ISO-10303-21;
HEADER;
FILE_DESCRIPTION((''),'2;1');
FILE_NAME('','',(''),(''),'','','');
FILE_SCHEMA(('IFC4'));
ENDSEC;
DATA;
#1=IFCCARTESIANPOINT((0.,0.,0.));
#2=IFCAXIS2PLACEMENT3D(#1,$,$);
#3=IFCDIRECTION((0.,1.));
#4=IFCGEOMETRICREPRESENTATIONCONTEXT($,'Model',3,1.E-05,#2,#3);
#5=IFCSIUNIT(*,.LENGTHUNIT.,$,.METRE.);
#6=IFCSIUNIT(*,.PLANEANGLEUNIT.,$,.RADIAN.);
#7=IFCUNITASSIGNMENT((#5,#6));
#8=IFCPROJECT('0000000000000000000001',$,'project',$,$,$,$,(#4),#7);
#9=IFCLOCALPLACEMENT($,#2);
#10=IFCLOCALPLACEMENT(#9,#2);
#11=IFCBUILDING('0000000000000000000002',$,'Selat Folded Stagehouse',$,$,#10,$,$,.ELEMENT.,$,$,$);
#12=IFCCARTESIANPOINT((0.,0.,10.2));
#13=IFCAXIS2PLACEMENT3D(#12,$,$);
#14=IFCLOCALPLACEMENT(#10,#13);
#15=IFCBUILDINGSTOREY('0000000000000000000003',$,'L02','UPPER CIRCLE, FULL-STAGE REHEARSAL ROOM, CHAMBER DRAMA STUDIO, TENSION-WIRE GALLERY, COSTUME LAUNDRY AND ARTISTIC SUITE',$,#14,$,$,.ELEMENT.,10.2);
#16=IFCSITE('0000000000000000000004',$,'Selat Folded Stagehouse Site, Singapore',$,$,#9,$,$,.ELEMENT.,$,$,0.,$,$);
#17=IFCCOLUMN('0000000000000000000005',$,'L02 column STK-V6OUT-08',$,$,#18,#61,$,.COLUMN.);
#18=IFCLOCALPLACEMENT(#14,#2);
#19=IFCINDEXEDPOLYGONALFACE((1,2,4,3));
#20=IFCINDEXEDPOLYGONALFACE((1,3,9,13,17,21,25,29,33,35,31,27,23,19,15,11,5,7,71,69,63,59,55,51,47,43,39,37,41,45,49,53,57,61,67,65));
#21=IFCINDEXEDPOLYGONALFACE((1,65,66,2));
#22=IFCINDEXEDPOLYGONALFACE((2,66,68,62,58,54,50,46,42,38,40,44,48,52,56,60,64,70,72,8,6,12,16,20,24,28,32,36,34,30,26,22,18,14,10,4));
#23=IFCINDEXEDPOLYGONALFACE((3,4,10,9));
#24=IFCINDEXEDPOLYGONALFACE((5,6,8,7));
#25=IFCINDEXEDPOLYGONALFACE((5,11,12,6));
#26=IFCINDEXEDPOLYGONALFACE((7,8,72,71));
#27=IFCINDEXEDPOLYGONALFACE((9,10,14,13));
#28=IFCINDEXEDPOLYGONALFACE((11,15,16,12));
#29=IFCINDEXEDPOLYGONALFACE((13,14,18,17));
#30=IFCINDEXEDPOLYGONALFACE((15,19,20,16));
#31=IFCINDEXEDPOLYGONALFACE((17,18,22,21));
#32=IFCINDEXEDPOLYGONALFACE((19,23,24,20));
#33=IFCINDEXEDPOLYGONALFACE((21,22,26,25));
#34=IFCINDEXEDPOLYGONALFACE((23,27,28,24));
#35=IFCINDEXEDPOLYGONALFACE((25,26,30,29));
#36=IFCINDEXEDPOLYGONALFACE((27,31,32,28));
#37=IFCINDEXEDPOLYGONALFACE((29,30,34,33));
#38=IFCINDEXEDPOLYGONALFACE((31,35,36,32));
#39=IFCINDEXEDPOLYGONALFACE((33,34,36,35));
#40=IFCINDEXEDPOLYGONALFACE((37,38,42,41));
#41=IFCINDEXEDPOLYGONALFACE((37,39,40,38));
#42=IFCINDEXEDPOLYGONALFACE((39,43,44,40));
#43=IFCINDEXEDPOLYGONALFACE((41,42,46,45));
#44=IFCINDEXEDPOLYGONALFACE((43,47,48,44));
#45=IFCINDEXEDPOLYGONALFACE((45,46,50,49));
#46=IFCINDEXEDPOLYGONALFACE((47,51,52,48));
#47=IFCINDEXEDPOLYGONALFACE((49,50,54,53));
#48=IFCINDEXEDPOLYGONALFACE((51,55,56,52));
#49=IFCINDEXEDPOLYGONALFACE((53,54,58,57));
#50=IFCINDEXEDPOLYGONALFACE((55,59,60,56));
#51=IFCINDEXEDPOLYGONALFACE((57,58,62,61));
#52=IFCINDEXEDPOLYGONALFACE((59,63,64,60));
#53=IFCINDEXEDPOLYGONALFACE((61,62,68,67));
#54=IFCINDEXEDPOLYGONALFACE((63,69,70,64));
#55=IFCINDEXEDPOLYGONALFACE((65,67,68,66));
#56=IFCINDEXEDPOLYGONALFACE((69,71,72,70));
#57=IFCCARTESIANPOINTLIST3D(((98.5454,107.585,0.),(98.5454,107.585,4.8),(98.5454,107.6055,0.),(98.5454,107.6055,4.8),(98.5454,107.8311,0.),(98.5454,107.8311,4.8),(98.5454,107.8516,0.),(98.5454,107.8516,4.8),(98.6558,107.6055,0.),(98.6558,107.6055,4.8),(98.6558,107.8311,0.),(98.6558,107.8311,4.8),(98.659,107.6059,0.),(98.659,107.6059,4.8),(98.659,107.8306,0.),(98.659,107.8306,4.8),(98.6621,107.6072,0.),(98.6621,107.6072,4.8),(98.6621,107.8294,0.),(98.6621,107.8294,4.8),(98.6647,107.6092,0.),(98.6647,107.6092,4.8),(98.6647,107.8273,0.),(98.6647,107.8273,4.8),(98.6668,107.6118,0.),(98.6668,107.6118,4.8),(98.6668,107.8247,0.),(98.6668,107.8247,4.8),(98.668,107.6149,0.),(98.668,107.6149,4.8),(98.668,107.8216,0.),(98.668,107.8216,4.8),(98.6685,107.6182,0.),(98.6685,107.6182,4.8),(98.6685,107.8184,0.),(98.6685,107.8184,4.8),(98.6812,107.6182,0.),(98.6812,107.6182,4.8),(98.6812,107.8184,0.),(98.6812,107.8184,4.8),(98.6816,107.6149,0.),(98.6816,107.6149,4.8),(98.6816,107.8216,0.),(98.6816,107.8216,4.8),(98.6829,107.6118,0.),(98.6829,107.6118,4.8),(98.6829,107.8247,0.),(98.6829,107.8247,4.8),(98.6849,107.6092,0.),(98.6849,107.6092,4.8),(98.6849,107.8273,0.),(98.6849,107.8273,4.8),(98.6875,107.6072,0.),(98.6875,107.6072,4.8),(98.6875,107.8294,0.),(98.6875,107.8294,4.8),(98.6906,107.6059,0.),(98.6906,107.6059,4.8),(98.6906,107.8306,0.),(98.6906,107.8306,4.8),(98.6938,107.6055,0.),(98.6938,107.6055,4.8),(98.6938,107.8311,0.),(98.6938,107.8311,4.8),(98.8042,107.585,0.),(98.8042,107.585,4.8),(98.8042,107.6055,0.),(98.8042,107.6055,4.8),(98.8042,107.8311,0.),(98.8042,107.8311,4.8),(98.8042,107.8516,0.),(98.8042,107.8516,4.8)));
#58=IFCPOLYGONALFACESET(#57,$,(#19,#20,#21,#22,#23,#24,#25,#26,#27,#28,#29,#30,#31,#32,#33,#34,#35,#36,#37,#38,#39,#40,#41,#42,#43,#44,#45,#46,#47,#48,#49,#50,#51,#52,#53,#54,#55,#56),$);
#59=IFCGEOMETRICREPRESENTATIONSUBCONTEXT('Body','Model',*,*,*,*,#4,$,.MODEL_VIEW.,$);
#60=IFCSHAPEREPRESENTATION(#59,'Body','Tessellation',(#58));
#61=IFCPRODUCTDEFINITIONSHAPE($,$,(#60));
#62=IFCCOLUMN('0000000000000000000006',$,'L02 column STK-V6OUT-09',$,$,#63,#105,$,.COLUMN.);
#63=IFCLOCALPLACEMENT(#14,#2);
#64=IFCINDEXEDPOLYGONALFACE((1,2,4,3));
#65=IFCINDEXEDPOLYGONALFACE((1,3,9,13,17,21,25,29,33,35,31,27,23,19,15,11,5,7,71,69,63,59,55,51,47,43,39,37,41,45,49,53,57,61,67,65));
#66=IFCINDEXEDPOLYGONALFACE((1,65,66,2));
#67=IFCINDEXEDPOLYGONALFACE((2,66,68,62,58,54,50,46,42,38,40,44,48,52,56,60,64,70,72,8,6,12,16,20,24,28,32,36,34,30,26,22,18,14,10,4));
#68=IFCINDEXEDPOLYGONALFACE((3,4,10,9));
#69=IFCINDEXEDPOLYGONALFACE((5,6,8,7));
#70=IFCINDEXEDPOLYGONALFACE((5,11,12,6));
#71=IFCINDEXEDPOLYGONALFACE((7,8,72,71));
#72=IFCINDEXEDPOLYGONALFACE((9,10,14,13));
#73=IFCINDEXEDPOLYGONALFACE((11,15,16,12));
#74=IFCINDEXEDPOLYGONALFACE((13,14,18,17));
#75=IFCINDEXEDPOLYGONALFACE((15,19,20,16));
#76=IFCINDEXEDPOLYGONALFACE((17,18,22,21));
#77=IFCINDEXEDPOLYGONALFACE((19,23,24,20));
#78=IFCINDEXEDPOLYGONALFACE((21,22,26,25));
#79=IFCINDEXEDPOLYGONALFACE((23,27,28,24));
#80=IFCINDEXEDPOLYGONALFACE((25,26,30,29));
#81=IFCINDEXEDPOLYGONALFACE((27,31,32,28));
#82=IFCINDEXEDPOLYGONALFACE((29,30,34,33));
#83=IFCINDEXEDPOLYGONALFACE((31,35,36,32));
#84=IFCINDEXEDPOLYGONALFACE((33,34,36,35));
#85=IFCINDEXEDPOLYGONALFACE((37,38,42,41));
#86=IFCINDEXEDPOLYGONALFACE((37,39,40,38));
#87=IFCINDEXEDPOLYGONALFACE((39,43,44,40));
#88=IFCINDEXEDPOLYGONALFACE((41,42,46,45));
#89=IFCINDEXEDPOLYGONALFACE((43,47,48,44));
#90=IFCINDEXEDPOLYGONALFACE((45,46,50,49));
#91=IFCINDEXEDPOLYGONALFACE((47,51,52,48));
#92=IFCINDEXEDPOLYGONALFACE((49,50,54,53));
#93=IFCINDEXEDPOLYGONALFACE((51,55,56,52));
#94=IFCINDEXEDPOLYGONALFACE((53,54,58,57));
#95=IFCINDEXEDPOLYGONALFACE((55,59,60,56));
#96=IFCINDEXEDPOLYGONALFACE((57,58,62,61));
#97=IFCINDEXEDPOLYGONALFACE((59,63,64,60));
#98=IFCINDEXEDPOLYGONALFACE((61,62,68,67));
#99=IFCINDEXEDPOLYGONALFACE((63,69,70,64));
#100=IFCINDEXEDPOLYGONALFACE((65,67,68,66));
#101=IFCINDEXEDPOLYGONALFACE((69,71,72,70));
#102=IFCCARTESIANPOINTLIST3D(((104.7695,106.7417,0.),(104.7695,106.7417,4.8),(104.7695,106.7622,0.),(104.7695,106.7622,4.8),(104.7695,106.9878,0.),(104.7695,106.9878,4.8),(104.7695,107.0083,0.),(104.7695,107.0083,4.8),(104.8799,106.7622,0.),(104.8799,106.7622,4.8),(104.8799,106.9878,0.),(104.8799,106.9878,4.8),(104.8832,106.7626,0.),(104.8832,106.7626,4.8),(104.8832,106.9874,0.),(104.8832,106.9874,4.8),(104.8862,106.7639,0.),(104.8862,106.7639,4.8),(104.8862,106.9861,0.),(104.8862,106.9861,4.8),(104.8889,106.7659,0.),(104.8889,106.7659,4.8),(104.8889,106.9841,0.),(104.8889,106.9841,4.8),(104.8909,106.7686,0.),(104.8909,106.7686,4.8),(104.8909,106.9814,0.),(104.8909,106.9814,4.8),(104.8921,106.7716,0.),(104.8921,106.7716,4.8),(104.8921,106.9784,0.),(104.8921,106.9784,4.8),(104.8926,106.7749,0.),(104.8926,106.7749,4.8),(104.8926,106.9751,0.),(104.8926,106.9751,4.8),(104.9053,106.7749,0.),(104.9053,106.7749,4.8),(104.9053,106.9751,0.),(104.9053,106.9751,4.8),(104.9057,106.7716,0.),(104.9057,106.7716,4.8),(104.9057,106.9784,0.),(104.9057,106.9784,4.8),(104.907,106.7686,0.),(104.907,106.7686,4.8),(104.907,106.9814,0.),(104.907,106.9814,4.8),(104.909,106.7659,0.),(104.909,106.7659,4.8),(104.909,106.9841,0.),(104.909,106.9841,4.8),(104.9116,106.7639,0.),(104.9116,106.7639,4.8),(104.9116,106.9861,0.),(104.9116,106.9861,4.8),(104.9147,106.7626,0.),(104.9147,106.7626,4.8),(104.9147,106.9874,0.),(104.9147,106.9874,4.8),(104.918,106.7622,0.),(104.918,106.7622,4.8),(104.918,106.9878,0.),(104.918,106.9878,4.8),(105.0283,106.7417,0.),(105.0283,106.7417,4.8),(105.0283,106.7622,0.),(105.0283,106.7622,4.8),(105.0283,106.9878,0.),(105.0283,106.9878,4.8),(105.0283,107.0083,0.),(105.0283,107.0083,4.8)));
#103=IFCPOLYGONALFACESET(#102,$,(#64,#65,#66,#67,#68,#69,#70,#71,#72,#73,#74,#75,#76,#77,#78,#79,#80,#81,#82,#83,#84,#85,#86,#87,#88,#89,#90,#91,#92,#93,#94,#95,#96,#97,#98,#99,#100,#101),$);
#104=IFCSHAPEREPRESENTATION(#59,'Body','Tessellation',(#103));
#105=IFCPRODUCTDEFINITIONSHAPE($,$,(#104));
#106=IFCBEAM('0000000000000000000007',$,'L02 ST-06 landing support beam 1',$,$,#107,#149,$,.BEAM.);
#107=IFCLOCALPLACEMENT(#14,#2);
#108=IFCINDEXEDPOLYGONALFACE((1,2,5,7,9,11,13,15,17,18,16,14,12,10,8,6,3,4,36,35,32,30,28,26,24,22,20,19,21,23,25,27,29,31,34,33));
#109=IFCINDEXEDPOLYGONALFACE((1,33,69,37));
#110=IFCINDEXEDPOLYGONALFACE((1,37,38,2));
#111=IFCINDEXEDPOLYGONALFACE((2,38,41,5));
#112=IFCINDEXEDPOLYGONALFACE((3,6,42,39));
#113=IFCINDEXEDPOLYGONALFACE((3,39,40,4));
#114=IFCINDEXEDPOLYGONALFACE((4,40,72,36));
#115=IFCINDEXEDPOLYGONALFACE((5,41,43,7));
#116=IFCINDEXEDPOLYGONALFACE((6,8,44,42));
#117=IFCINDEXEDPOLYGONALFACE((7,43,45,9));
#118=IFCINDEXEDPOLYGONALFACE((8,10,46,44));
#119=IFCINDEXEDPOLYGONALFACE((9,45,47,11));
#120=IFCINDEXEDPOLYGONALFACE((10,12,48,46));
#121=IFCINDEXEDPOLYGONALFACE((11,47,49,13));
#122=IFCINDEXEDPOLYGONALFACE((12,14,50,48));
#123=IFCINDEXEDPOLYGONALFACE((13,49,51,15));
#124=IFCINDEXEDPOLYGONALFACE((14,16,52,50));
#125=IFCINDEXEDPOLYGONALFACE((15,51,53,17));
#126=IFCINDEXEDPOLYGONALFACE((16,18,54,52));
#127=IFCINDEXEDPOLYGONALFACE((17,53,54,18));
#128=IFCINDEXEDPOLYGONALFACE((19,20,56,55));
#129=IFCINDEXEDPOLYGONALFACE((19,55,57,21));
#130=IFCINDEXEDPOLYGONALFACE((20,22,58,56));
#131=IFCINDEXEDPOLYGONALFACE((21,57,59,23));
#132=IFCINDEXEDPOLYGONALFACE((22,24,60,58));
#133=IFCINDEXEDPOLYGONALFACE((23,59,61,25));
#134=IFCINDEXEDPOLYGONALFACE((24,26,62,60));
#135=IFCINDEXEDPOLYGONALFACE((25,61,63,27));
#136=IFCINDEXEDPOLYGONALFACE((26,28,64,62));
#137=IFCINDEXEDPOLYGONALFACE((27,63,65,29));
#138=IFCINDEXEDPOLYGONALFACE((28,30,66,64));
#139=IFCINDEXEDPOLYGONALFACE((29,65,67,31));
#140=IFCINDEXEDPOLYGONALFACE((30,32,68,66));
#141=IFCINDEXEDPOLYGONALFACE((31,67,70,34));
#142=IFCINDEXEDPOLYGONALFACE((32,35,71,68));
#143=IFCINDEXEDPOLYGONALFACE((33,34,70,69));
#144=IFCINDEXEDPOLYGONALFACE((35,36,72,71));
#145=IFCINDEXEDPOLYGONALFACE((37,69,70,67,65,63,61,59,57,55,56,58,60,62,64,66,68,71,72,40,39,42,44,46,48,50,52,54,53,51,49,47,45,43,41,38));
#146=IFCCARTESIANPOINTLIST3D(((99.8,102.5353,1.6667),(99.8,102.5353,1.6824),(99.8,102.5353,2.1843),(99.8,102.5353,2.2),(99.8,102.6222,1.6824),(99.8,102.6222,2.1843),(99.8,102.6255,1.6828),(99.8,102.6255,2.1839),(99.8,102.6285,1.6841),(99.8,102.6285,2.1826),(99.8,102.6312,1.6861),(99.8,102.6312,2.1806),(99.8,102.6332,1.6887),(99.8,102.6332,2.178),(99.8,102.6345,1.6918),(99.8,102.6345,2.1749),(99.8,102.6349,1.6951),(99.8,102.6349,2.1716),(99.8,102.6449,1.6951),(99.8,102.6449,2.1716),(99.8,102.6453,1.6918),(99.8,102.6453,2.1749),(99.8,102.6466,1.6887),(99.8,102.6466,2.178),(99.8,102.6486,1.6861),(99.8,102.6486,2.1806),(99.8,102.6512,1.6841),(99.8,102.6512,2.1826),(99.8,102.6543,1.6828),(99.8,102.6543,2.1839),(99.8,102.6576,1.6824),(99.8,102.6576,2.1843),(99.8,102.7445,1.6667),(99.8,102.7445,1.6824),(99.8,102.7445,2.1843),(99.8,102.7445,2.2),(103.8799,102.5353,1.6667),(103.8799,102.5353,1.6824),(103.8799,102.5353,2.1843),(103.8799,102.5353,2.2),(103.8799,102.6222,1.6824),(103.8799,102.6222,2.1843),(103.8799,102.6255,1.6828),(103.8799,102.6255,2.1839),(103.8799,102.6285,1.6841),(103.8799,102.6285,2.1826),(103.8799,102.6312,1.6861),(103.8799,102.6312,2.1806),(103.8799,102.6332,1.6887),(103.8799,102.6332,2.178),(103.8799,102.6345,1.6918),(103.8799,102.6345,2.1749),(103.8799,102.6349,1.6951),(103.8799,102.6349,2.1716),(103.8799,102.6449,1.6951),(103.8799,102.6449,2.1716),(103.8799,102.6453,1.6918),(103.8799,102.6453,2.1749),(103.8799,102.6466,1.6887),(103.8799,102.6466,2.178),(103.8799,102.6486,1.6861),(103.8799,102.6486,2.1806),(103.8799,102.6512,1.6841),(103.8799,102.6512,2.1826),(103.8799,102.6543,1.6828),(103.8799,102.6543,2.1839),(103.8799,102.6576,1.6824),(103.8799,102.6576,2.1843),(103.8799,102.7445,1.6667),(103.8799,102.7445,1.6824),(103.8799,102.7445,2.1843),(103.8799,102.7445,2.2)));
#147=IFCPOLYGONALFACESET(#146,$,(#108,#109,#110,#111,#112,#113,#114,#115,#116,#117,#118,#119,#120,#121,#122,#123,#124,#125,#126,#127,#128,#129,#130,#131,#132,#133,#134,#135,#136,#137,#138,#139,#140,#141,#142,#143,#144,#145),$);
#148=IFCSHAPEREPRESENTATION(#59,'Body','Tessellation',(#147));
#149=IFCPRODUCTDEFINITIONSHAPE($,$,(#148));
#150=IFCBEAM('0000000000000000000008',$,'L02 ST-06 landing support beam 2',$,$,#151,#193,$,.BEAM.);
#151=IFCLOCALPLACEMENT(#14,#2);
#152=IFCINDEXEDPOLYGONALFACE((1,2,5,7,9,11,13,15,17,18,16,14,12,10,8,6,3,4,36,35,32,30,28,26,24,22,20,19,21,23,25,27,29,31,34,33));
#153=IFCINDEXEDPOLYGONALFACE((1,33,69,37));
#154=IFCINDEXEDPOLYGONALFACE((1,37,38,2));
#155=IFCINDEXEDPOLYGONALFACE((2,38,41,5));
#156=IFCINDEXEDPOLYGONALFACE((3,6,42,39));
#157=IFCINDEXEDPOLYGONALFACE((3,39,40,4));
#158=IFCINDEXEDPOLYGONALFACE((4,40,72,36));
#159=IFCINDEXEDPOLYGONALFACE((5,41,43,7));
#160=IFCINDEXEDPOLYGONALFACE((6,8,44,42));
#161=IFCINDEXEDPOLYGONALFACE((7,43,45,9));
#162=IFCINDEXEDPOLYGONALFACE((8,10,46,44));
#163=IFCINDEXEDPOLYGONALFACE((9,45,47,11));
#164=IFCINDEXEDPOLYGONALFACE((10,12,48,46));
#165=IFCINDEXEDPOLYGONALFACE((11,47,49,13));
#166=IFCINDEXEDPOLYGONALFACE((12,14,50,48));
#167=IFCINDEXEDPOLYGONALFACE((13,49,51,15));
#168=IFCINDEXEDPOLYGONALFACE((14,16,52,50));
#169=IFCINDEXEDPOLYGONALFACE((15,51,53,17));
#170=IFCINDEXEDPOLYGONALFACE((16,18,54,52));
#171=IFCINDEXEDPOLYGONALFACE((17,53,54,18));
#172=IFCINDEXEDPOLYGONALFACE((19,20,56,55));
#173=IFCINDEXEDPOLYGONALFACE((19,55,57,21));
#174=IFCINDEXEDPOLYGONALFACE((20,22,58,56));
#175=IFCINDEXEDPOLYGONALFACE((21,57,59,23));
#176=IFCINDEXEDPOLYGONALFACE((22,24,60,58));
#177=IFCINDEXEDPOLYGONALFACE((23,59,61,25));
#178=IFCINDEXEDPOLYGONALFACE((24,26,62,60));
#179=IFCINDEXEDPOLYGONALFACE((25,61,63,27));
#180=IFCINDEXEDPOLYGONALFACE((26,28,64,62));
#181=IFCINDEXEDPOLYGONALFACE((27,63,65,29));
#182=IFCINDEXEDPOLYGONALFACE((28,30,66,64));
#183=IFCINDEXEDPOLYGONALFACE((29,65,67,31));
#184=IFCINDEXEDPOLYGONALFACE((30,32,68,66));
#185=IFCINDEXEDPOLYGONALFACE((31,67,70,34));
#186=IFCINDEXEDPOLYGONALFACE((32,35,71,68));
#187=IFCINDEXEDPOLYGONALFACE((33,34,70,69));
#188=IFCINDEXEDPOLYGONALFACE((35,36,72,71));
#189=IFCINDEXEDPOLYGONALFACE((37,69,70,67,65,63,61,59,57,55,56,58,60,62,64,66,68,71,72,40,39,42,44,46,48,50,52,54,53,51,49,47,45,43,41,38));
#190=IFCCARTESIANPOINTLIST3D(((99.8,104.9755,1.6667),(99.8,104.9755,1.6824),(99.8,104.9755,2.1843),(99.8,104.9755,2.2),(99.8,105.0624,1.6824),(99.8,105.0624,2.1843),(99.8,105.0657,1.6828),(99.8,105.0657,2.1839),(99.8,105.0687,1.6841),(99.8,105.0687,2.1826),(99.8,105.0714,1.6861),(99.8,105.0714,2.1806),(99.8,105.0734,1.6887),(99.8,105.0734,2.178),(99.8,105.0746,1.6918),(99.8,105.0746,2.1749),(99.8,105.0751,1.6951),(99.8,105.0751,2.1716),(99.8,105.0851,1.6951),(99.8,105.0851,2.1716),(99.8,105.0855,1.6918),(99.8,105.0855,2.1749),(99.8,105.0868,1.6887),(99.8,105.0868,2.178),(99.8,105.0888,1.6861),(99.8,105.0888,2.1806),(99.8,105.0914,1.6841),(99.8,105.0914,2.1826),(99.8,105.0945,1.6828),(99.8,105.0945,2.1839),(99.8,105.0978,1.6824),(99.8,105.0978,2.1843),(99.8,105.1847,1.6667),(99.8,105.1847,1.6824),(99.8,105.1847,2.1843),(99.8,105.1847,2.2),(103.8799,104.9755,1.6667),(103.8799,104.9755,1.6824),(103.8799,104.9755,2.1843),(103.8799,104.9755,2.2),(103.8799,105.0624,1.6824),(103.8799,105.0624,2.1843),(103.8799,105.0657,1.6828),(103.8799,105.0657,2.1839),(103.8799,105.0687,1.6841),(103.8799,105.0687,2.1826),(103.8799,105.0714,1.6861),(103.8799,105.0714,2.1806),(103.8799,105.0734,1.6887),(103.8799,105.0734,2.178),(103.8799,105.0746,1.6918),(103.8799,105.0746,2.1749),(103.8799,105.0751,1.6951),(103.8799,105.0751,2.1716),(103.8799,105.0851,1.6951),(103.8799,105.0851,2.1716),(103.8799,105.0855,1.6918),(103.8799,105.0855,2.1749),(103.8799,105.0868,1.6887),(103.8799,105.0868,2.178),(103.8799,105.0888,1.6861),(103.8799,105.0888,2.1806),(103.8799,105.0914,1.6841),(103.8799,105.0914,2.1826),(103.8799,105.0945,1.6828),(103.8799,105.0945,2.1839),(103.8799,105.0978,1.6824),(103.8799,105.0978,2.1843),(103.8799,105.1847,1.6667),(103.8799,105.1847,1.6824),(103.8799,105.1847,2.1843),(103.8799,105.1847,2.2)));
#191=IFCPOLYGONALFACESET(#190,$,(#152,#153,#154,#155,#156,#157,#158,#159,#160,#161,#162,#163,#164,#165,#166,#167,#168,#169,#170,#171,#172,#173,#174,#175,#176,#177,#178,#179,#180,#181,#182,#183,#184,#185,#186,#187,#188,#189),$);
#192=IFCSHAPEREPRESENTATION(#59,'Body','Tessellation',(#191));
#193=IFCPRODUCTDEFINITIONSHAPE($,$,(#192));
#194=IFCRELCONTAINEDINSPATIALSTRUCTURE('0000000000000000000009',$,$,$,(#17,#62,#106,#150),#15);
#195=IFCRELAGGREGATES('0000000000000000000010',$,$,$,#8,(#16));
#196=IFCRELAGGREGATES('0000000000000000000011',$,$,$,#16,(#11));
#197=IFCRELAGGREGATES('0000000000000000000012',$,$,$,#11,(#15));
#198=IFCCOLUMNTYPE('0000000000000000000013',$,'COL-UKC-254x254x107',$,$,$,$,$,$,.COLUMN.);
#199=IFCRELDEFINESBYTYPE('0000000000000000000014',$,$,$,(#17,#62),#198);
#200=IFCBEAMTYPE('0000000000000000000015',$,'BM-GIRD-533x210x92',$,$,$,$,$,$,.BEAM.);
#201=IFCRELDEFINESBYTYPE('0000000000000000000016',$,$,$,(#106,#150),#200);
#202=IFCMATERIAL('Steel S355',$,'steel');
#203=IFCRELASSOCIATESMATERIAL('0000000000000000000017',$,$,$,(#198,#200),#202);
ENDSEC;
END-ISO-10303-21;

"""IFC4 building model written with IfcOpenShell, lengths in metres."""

from ifc_helpers import new_model, si_unit, direction, frame, origin, origin_2d, place, context, subcontext, project, spatial, i_section, extrude, material, material_profile, profile_set, type_object, element, save


model = new_model("IFC4")

# Units and contexts
model_context = context("Model", 3, precision=1e-05, world=origin(), true_north=direction((0.0, 1.0)))
body_context = subcontext(model_context, "Body", "Model", "MODEL_VIEW")
ifc_project = project(units=[si_unit("LENGTHUNIT", "METRE"), si_unit("PLANEANGLEUNIT", "RADIAN")], contexts=[model_context])

# Site, building, storey
site_placement = place(None, origin())
site = spatial("IfcSite", under=ifc_project, at=site_placement, Name="Selat Folded Stagehouse Site, Singapore", CompositionType="ELEMENT", RefElevation=0.0)
building_placement = place(site_placement, origin())
building = spatial("IfcBuilding", under=site, at=building_placement, Name="Selat Folded Stagehouse", CompositionType="ELEMENT")
storey_placement = place(building_placement, frame((0.0, 0.0, 10.2)))
storey = spatial("IfcBuildingStorey", under=building, at=storey_placement, Name="L02", Description="UPPER CIRCLE, FULL-STAGE REHEARSAL ROOM, CHAMBER DRAMA STUDIO, TENSION-WIRE GALLERY, COSTUME LAUNDRY AND ARTISTIC SUITE", CompositionType="ELEMENT", Elevation=10.2)

# Columns
ifc_material_1 = material(Name="Steel S355", Category="steel")
ifc_material_profile_1 = material_profile(ifc_material_1, i_section(OverallWidth=0.2588, OverallDepth=0.2666, WebThickness=0.0127, FlangeThickness=0.0205, FilletRadius=0.0127, at=origin_2d()), Name="UKC 254x254x107")
ifc_profile_set_1 = profile_set([ifc_material_profile_1], Name="Steel S355")
column_type = type_object("IfcColumnType", Name="COL-UKC-254x254x107", PredefinedType="COLUMN", material=ifc_profile_set_1)
for number, where, z_axis, x_axis, name in (
    (1, (98.6748, 107.7183, 0.0), (0.0, 0.0, 1.0), (1.0, 0.0, 0.0), "L02 column STK-V6OUT-08"),
    (2, (104.8989, 106.875, 0.0), (0.0, 0.0, 1.0), (1.0, 0.0, 0.0), "L02 column STK-V6OUT-09"),
):
    element("IfcColumn", number, at=place(storey_placement, frame(where, z_axis=z_axis, x_axis=x_axis)), inside=storey, type_object=column_type, Name=name, PredefinedType="COLUMN", context=body_context, shape_type="SweptSolid", body=[
        extrude(i_section(OverallWidth=0.2588, OverallDepth=0.2666, WebThickness=0.0127, FlangeThickness=0.0205, FilletRadius=0.0127, at=origin_2d()), origin(), (0.0, 0.0, 1.0), 4.8),
    ])

# Beams
ifc_material_profile_2 = material_profile(ifc_material_1, i_section(OverallWidth=0.2092, OverallDepth=0.5332, WebThickness=0.01, FlangeThickness=0.0156, FilletRadius=0.0127, at=origin_2d()), Name="UKB 533x210x92")
ifc_profile_set_2 = profile_set([ifc_material_profile_2], Name="Steel S355")
beam_type_1 = type_object("IfcBeamType", Name="BM-GIRD-533x210x92", PredefinedType="BEAM", material=ifc_profile_set_2)
for number, where, z_axis, x_axis, name in (
    (3, (99.8, 102.6399, 1.9333), (1.0, 0.0, 0.0), (0.0, 1.0, 0.0), "L02 ST-06 landing support beam 1"),
    (4, (99.8, 105.0801, 1.9333), (1.0, 0.0, 0.0), (0.0, 1.0, 0.0), "L02 ST-06 landing support beam 2"),
):
    element("IfcBeam", number, at=place(storey_placement, frame(where, z_axis=z_axis, x_axis=x_axis)), inside=storey, type_object=beam_type_1, Name=name, PredefinedType="BEAM", context=body_context, shape_type="SweptSolid", body=[
        extrude(i_section(OverallWidth=0.2092, OverallDepth=0.5332, WebThickness=0.01, FlangeThickness=0.0156, FilletRadius=0.0127, at=origin_2d()), origin(), (0.0, 0.0, 1.0), 4.0798),
    ])

save(model, "model.ifc")
